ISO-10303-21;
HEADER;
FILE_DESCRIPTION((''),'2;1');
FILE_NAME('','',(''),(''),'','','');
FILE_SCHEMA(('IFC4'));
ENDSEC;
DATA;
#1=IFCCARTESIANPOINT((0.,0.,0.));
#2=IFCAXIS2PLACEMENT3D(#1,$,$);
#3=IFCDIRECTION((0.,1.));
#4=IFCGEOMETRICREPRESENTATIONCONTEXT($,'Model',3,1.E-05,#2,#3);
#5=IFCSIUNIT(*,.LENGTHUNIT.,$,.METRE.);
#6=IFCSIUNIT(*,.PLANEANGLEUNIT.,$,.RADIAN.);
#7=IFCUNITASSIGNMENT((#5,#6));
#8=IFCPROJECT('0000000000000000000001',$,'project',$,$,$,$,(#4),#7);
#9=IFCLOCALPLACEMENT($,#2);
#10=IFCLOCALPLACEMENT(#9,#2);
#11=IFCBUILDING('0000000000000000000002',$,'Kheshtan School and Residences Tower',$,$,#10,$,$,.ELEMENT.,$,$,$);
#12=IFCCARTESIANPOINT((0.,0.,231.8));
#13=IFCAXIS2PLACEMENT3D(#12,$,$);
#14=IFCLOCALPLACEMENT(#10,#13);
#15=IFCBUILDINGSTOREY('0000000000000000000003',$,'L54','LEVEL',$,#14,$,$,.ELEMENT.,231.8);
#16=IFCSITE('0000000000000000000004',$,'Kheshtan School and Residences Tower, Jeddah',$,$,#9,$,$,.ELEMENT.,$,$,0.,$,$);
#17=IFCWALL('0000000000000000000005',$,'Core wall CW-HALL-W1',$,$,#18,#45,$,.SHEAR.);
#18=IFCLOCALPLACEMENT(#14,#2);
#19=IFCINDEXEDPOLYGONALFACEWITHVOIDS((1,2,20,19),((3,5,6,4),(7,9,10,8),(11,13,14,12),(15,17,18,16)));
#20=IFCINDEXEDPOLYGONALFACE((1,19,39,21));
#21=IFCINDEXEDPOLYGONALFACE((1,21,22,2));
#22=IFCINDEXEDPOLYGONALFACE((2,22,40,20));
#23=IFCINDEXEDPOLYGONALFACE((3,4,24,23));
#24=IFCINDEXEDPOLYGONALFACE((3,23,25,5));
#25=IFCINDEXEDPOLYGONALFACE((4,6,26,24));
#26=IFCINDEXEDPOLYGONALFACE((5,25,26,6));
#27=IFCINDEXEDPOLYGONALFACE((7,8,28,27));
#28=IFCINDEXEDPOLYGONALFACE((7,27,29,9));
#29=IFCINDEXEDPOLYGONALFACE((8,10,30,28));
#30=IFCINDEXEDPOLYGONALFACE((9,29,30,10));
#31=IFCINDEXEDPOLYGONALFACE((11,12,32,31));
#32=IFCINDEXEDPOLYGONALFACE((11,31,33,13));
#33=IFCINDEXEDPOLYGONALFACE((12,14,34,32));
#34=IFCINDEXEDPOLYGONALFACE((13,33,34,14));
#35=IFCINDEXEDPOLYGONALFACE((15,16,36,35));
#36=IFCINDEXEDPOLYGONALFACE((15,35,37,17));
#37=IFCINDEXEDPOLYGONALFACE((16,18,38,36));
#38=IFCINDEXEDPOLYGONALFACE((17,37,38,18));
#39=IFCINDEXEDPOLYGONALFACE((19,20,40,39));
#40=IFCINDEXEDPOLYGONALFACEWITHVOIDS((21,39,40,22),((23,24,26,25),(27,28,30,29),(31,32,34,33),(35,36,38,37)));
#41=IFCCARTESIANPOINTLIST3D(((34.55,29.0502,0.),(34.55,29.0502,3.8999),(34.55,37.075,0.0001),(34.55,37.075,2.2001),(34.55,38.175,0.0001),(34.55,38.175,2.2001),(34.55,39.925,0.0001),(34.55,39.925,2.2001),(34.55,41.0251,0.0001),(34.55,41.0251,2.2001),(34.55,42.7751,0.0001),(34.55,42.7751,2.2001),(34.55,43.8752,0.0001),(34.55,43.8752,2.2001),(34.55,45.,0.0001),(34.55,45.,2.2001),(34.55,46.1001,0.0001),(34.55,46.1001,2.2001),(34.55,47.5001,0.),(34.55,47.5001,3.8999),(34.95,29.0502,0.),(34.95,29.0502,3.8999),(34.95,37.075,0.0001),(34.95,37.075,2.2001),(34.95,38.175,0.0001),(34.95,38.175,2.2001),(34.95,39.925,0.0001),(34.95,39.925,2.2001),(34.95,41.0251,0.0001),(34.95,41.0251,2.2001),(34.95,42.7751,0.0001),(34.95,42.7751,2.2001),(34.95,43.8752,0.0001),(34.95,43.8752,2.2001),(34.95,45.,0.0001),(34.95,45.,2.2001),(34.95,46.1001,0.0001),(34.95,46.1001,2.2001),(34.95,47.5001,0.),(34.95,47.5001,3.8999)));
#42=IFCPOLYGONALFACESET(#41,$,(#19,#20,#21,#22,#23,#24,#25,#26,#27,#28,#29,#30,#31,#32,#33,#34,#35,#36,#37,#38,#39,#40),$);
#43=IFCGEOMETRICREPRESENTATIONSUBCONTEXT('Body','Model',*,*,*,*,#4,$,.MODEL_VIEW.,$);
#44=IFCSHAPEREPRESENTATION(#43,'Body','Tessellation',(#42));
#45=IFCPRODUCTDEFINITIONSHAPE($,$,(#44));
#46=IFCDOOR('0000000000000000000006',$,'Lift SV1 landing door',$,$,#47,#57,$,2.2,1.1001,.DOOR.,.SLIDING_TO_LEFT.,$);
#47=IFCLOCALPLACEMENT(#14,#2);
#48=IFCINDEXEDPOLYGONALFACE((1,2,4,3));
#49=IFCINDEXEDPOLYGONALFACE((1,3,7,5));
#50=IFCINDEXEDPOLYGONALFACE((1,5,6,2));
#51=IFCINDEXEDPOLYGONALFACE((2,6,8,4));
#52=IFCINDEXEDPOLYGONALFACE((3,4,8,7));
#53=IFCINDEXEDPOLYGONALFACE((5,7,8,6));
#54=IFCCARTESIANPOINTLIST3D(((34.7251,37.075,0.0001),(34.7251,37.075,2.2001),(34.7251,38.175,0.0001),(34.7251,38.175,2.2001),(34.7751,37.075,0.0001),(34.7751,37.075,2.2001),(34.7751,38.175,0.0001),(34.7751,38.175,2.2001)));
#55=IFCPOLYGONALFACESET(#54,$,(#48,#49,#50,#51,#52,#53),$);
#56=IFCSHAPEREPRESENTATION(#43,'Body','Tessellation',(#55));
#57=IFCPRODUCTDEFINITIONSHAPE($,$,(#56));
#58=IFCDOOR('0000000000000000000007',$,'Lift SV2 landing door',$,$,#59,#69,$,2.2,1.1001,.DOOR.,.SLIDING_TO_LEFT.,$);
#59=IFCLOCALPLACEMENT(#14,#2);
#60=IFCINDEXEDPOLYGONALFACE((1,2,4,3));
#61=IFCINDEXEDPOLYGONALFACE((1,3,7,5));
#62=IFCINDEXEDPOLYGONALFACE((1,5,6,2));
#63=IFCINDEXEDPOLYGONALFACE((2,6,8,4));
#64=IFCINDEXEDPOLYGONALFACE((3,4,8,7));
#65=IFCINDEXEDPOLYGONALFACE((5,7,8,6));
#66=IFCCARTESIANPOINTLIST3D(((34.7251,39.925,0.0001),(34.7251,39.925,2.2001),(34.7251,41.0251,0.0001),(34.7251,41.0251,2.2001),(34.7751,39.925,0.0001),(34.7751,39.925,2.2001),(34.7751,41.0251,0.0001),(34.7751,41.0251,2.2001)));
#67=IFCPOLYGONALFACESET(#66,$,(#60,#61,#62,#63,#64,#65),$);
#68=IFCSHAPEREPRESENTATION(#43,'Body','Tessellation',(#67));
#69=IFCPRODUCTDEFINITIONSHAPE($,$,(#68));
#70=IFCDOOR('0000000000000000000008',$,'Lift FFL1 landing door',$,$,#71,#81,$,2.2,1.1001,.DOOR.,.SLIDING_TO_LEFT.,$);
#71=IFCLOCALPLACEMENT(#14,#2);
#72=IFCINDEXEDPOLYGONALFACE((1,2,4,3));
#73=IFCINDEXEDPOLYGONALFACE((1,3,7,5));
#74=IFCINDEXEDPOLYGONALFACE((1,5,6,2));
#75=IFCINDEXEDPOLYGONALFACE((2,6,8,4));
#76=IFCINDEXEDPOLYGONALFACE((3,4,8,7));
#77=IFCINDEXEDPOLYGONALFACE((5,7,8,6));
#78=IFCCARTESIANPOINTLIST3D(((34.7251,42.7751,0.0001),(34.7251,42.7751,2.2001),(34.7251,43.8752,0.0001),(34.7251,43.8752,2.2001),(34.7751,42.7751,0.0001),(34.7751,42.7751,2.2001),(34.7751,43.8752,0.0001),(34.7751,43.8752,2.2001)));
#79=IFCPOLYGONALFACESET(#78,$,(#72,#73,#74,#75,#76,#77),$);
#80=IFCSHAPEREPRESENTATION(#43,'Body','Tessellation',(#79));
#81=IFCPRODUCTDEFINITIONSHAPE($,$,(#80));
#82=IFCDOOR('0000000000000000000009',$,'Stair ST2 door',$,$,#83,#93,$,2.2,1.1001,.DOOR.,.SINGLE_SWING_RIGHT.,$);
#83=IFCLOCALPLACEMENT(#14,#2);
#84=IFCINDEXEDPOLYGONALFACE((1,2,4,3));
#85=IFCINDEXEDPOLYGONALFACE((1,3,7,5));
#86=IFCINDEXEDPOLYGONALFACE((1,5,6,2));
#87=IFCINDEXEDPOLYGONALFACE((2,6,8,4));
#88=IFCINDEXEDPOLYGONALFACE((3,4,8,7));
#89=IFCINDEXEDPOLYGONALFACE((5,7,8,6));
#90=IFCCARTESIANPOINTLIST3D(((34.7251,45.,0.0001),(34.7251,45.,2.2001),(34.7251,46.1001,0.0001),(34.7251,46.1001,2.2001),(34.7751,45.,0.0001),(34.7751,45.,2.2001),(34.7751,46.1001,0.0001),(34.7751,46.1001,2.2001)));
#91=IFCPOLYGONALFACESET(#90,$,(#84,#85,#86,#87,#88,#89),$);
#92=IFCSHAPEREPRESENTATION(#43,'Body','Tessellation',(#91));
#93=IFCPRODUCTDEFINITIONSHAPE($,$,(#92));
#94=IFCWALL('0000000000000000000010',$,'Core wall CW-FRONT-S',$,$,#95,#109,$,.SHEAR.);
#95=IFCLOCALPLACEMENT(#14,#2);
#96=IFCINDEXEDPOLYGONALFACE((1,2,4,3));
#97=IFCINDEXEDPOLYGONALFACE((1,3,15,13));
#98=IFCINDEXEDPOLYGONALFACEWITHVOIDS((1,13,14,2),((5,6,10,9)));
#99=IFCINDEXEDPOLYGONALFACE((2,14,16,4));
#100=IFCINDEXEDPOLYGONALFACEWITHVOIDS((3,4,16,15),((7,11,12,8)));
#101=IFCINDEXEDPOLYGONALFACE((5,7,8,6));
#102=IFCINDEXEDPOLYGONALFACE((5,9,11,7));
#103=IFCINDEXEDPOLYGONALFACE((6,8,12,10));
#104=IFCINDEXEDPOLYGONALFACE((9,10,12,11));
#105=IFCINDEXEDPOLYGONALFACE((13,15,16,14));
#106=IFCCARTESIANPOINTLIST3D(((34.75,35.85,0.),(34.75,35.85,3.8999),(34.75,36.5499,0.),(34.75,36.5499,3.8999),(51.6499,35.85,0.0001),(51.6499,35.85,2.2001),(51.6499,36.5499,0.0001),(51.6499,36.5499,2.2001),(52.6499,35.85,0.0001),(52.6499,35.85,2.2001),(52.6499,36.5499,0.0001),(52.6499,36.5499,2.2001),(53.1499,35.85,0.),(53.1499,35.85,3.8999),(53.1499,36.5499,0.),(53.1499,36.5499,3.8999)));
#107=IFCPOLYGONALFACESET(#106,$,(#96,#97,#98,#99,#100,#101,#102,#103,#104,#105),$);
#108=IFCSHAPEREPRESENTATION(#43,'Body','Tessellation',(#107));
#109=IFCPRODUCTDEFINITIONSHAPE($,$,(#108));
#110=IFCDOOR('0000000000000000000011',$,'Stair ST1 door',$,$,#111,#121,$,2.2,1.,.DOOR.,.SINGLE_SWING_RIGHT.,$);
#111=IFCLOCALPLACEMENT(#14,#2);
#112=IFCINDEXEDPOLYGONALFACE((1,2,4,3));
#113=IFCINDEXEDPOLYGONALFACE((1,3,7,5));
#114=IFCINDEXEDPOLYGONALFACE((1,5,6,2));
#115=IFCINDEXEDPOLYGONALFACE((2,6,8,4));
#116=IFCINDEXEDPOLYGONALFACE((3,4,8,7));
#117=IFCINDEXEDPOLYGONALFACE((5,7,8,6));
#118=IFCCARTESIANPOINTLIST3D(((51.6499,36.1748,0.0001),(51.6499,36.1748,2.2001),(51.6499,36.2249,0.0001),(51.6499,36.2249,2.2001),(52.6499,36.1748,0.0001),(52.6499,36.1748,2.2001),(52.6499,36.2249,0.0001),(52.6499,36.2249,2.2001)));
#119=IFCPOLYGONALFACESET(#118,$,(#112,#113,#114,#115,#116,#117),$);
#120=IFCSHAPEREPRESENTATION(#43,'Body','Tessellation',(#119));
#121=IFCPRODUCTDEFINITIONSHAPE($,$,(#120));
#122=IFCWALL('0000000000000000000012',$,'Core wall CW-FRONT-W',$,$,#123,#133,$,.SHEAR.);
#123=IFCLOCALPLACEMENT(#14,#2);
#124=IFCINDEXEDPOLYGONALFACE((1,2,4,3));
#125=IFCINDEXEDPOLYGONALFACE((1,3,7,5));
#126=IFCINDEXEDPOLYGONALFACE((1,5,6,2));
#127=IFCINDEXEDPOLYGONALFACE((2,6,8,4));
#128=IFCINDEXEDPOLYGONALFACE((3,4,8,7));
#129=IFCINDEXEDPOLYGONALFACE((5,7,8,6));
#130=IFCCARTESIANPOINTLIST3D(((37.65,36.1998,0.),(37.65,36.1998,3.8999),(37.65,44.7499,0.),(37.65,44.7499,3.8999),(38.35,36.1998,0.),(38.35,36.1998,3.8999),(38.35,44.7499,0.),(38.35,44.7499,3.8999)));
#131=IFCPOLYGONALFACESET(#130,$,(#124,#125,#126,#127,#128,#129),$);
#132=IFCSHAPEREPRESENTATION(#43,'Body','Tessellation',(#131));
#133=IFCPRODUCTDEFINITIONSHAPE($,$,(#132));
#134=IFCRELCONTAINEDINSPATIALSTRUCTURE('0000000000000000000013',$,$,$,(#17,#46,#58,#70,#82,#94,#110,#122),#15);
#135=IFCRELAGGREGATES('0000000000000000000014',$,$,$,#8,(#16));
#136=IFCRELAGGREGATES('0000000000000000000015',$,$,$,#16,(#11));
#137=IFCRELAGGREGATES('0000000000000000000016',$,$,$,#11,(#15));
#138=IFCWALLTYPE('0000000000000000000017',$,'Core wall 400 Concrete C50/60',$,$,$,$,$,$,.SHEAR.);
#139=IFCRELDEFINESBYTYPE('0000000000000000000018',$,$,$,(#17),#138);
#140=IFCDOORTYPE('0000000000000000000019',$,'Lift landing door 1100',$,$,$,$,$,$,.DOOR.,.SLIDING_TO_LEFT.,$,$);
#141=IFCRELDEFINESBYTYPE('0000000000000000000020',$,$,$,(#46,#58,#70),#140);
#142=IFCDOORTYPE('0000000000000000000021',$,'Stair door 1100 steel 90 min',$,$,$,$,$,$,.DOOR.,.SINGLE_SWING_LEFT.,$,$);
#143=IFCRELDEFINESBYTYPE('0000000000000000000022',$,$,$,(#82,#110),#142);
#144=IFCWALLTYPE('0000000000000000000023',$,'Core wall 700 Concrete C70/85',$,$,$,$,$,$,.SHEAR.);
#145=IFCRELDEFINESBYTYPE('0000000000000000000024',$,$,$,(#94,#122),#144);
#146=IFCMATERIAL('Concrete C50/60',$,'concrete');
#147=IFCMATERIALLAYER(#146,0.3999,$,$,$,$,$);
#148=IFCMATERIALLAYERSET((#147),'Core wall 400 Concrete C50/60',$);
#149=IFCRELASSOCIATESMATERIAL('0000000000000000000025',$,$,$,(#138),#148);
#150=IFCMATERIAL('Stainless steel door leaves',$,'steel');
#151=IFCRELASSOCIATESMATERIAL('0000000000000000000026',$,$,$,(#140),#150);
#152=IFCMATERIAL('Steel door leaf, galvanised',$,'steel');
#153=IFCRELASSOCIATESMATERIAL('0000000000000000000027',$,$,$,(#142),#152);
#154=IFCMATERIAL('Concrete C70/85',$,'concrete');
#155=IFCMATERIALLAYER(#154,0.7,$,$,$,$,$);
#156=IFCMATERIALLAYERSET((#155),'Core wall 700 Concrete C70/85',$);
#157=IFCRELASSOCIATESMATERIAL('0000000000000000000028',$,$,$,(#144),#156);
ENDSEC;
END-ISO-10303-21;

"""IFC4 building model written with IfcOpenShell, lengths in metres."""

from ifc_helpers import new_model, si_unit, direction, frame, frame_2d, origin, place, context, subcontext, project, spatial, rectangle, extrude, source, transform, mapped, material, layer, layer_set, type_object, element, fill, save


model = new_model("IFC4")

# Units and contexts
model_context = context("Model", 3, precision=1e-05, world=origin(), true_north=direction((0.0, 1.0)))
body_context = subcontext(model_context, "Body", "Model", "MODEL_VIEW")
ifc_project = project(units=[si_unit("LENGTHUNIT", "METRE"), si_unit("PLANEANGLEUNIT", "RADIAN")], contexts=[model_context])

# Site, building, storey
site_placement = place(None, origin())
site = spatial("IfcSite", under=ifc_project, at=site_placement, Name="Kheshtan School and Residences Tower, Jeddah", CompositionType="ELEMENT", RefElevation=0.0)
building_placement = place(site_placement, origin())
building = spatial("IfcBuilding", under=site, at=building_placement, Name="Kheshtan School and Residences Tower", CompositionType="ELEMENT")
storey_placement = place(building_placement, frame((0.0, 0.0, 231.8)))
storey = spatial("IfcBuildingStorey", under=building, at=storey_placement, Name="L54", Description="LEVEL", CompositionType="ELEMENT", Elevation=231.8)

# Shared definitions
ifc_material_1 = material(Name="Concrete C50/60", Category="concrete")
ifc_layer_1 = layer(ifc_material_1, 0.3999)
ifc_layer_set_1 = layer_set([ifc_layer_1], Name="Core wall 400 Concrete C50/60")
wall_type_1 = type_object("IfcWallType", Name="Core wall 400 Concrete C50/60", PredefinedType="SHEAR", material=ifc_layer_set_1)
ifc_material_2 = material(Name="Stainless steel door leaves", Category="steel")
door_type_1 = type_object("IfcDoorType", Name="Lift landing door 1100", OperationType="SLIDING_TO_LEFT", PredefinedType="DOOR", material=ifc_material_2)
shared_shape_1 = source(origin(), body_context, "Body", "SweptSolid", [
    extrude(rectangle(XDim=1.1001, YDim=2.2, at=frame_2d((0.55, 1.1001))), frame((0.0, 0.0249, 0.0), z_axis=(0.0, -1.0, 0.0), x_axis=(1.0, 0.0, 0.0)), (0.0, 0.0, 1.0), 0.05),
])

# Wall, openings, doors
wall_1_placement = place(storey_placement, frame((34.75, 29.05, 0.0), z_axis=(0.0, 0.0, 1.0), x_axis=(0.0, 1.0, 0.0)))
wall_1 = element("IfcWall", 1, at=wall_1_placement, inside=storey, type_object=wall_type_1, Name="Core wall CW-HALL-W1", PredefinedType="SHEAR", context=body_context, shape_type="SweptSolid", body=[
    extrude(rectangle(XDim=18.45, YDim=0.3999, at=frame_2d((9.2251, 0.0))), origin(), (0.0, 0.0, 1.0), 3.8999),
])
opening_1_placement = place(wall_1_placement, frame((8.0249, 0.0, 0.0)))
opening_1 = element("IfcOpeningElement", 2, at=opening_1_placement, cuts=wall_1, PredefinedType="OPENING", context=body_context, shape_type="SweptSolid", body=[
    extrude(rectangle(XDim=1.1001, YDim=2.2, at=frame_2d((0.55, 1.1001))), frame((0.0, 0.21, 0.0), z_axis=(0.0, -1.0, 0.0), x_axis=(1.0, 0.0, 0.0)), (0.0, 0.0, 1.0), 0.4199),
])
opening_2_placement = place(wall_1_placement, frame((10.875, 0.0, 0.0)))
opening_2 = element("IfcOpeningElement", 3, at=opening_2_placement, cuts=wall_1, PredefinedType="OPENING", context=body_context, shape_type="SweptSolid", body=[
    extrude(rectangle(XDim=1.1001, YDim=2.2, at=frame_2d((0.55, 1.1001))), frame((0.0, 0.21, 0.0), z_axis=(0.0, -1.0, 0.0), x_axis=(1.0, 0.0, 0.0)), (0.0, 0.0, 1.0), 0.4199),
])
opening_3_placement = place(wall_1_placement, frame((13.7251, 0.0, 0.0)))
opening_3 = element("IfcOpeningElement", 4, at=opening_3_placement, cuts=wall_1, PredefinedType="OPENING", context=body_context, shape_type="SweptSolid", body=[
    extrude(rectangle(XDim=1.1001, YDim=2.2, at=frame_2d((0.55, 1.1001))), frame((0.0, 0.21, 0.0), z_axis=(0.0, -1.0, 0.0), x_axis=(1.0, 0.0, 0.0)), (0.0, 0.0, 1.0), 0.4199),
])
opening_4_placement = place(wall_1_placement, frame((15.95, 0.0, 0.0)))
opening_4 = element("IfcOpeningElement", 5, at=opening_4_placement, cuts=wall_1, PredefinedType="OPENING", context=body_context, shape_type="SweptSolid", body=[
    extrude(rectangle(XDim=1.1001, YDim=2.2, at=frame_2d((0.55, 1.1001))), frame((0.0, 0.21, 0.0), z_axis=(0.0, -1.0, 0.0), x_axis=(1.0, 0.0, 0.0)), (0.0, 0.0, 1.0), 0.4199),
])
door_1_placement = place(opening_1_placement, origin())
door_1 = element("IfcDoor", 6, at=door_1_placement, inside=storey, type_object=door_type_1, Name="Lift SV1 landing door", OperationType="SLIDING_TO_LEFT", OverallHeight=2.2, OverallWidth=1.1001, PredefinedType="DOOR", context=body_context, shape_type="MappedRepresentation", body=[
    mapped(shared_shape_1, transform((0.0, 0.0, 0.0), x_axis=(1.0, 0.0, 0.0), y_axis=(0.0, 1.0, 0.0), z_axis=(0.0, 0.0, 1.0), scale=1.0)),
])
fill(opening_1, door_1)
door_2_placement = place(opening_2_placement, origin())
door_2 = element("IfcDoor", 7, at=door_2_placement, inside=storey, type_object=door_type_1, Name="Lift SV2 landing door", OperationType="SLIDING_TO_LEFT", OverallHeight=2.2, OverallWidth=1.1001, PredefinedType="DOOR", context=body_context, shape_type="MappedRepresentation", body=[
    mapped(shared_shape_1, transform((0.0, 0.0, 0.0), x_axis=(1.0, 0.0, 0.0), y_axis=(0.0, 1.0, 0.0), z_axis=(0.0, 0.0, 1.0), scale=1.0)),
])
fill(opening_2, door_2)
door_3_placement = place(opening_3_placement, origin())
door_3 = element("IfcDoor", 8, at=door_3_placement, inside=storey, type_object=door_type_1, Name="Lift FFL1 landing door", OperationType="SLIDING_TO_LEFT", OverallHeight=2.2, OverallWidth=1.1001, PredefinedType="DOOR", context=body_context, shape_type="MappedRepresentation", body=[
    mapped(shared_shape_1, transform((0.0, 0.0, 0.0), x_axis=(1.0, 0.0, 0.0), y_axis=(0.0, 1.0, 0.0), z_axis=(0.0, 0.0, 1.0), scale=1.0)),
])
fill(opening_3, door_3)
ifc_material_3 = material(Name="Steel door leaf, galvanised", Category="steel")
door_type_2 = type_object("IfcDoorType", Name="Stair door 1100 steel 90 min", OperationType="SINGLE_SWING_LEFT", PredefinedType="DOOR", material=ifc_material_3)
shared_shape_2 = source(origin(), body_context, "Body", "SweptSolid", [
    extrude(rectangle(XDim=1.1001, YDim=2.2, at=frame_2d((0.55, 1.1001))), frame((0.0, 0.0249, 0.0), z_axis=(0.0, -1.0, 0.0), x_axis=(1.0, 0.0, 0.0)), (0.0, 0.0, 1.0), 0.05),
])
door_4_placement = place(opening_4_placement, origin())
door_4 = element("IfcDoor", 9, at=door_4_placement, inside=storey, type_object=door_type_2, Name="Stair ST2 door", OperationType="SINGLE_SWING_RIGHT", OverallHeight=2.2, OverallWidth=1.1001, PredefinedType="DOOR", context=body_context, shape_type="MappedRepresentation", body=[
    mapped(shared_shape_2, transform((0.0, 0.0, 0.0), x_axis=(1.0, 0.0, 0.0), y_axis=(0.0, 1.0, 0.0), z_axis=(0.0, 0.0, 1.0), scale=1.0)),
])
fill(opening_4, door_4)

# Wall, opening, door
ifc_material_4 = material(Name="Concrete C70/85", Category="concrete")
ifc_layer_2 = layer(ifc_material_4, 0.7)
ifc_layer_set_2 = layer_set([ifc_layer_2], Name="Core wall 700 Concrete C70/85")
wall_type_2 = type_object("IfcWallType", Name="Core wall 700 Concrete C70/85", PredefinedType="SHEAR", material=ifc_layer_set_2)
wall_2_placement = place(storey_placement, frame((34.75, 36.2, 0.0), z_axis=(0.0, 0.0, 1.0), x_axis=(1.0, 0.0, 0.0)))
wall_2 = element("IfcWall", 10, at=wall_2_placement, inside=storey, type_object=wall_type_2, Name="Core wall CW-FRONT-S", PredefinedType="SHEAR", context=body_context, shape_type="SweptSolid", body=[
    extrude(rectangle(XDim=18.3999, YDim=0.7, at=frame_2d((9.2, 0.0))), origin(), (0.0, 0.0, 1.0), 3.8999),
])
opening_5_placement = place(wall_2_placement, frame((16.8999, 0.0, 0.0)))
opening_5 = element("IfcOpeningElement", 11, at=opening_5_placement, cuts=wall_2, PredefinedType="OPENING", context=body_context, shape_type="SweptSolid", body=[
    extrude(rectangle(XDim=1.0, YDim=2.2, at=frame_2d((0.5, 1.1001))), frame((0.0, 0.3599, 0.0), z_axis=(0.0, -1.0, 0.0), x_axis=(1.0, 0.0, 0.0)), (0.0, 0.0, 1.0), 0.72),
])
shared_shape_3 = source(origin(), body_context, "Body", "SweptSolid", [
    extrude(rectangle(XDim=1.0, YDim=2.2, at=frame_2d((0.5, 1.1001))), frame((0.0, 0.0249, 0.0), z_axis=(0.0, -1.0, 0.0), x_axis=(1.0, 0.0, 0.0)), (0.0, 0.0, 1.0), 0.05),
])
door_5_placement = place(opening_5_placement, origin())
door_5 = element("IfcDoor", 12, at=door_5_placement, inside=storey, type_object=door_type_2, Name="Stair ST1 door", OperationType="SINGLE_SWING_RIGHT", OverallHeight=2.2, OverallWidth=1.0, PredefinedType="DOOR", context=body_context, shape_type="MappedRepresentation", body=[
    mapped(shared_shape_3, transform((0.0, 0.0, 0.0), x_axis=(1.0, 0.0, 0.0), y_axis=(0.0, 1.0, 0.0), z_axis=(0.0, 0.0, 1.0), scale=1.0)),
])
fill(opening_5, door_5)

# Wall
wall_3_placement = place(storey_placement, frame((38.0, 36.2, 0.0), z_axis=(0.0, 0.0, 1.0), x_axis=(0.0, 1.0, 0.0)))
element("IfcWall", 13, at=wall_3_placement, inside=storey, type_object=wall_type_2, Name="Core wall CW-FRONT-W", PredefinedType="SHEAR", context=body_context, shape_type="SweptSolid", body=[
    extrude(rectangle(XDim=8.55, YDim=0.7, at=frame_2d((4.2749, 0.0))), origin(), (0.0, 0.0, 1.0), 3.8999),
])

save(model, "model.ifc")
